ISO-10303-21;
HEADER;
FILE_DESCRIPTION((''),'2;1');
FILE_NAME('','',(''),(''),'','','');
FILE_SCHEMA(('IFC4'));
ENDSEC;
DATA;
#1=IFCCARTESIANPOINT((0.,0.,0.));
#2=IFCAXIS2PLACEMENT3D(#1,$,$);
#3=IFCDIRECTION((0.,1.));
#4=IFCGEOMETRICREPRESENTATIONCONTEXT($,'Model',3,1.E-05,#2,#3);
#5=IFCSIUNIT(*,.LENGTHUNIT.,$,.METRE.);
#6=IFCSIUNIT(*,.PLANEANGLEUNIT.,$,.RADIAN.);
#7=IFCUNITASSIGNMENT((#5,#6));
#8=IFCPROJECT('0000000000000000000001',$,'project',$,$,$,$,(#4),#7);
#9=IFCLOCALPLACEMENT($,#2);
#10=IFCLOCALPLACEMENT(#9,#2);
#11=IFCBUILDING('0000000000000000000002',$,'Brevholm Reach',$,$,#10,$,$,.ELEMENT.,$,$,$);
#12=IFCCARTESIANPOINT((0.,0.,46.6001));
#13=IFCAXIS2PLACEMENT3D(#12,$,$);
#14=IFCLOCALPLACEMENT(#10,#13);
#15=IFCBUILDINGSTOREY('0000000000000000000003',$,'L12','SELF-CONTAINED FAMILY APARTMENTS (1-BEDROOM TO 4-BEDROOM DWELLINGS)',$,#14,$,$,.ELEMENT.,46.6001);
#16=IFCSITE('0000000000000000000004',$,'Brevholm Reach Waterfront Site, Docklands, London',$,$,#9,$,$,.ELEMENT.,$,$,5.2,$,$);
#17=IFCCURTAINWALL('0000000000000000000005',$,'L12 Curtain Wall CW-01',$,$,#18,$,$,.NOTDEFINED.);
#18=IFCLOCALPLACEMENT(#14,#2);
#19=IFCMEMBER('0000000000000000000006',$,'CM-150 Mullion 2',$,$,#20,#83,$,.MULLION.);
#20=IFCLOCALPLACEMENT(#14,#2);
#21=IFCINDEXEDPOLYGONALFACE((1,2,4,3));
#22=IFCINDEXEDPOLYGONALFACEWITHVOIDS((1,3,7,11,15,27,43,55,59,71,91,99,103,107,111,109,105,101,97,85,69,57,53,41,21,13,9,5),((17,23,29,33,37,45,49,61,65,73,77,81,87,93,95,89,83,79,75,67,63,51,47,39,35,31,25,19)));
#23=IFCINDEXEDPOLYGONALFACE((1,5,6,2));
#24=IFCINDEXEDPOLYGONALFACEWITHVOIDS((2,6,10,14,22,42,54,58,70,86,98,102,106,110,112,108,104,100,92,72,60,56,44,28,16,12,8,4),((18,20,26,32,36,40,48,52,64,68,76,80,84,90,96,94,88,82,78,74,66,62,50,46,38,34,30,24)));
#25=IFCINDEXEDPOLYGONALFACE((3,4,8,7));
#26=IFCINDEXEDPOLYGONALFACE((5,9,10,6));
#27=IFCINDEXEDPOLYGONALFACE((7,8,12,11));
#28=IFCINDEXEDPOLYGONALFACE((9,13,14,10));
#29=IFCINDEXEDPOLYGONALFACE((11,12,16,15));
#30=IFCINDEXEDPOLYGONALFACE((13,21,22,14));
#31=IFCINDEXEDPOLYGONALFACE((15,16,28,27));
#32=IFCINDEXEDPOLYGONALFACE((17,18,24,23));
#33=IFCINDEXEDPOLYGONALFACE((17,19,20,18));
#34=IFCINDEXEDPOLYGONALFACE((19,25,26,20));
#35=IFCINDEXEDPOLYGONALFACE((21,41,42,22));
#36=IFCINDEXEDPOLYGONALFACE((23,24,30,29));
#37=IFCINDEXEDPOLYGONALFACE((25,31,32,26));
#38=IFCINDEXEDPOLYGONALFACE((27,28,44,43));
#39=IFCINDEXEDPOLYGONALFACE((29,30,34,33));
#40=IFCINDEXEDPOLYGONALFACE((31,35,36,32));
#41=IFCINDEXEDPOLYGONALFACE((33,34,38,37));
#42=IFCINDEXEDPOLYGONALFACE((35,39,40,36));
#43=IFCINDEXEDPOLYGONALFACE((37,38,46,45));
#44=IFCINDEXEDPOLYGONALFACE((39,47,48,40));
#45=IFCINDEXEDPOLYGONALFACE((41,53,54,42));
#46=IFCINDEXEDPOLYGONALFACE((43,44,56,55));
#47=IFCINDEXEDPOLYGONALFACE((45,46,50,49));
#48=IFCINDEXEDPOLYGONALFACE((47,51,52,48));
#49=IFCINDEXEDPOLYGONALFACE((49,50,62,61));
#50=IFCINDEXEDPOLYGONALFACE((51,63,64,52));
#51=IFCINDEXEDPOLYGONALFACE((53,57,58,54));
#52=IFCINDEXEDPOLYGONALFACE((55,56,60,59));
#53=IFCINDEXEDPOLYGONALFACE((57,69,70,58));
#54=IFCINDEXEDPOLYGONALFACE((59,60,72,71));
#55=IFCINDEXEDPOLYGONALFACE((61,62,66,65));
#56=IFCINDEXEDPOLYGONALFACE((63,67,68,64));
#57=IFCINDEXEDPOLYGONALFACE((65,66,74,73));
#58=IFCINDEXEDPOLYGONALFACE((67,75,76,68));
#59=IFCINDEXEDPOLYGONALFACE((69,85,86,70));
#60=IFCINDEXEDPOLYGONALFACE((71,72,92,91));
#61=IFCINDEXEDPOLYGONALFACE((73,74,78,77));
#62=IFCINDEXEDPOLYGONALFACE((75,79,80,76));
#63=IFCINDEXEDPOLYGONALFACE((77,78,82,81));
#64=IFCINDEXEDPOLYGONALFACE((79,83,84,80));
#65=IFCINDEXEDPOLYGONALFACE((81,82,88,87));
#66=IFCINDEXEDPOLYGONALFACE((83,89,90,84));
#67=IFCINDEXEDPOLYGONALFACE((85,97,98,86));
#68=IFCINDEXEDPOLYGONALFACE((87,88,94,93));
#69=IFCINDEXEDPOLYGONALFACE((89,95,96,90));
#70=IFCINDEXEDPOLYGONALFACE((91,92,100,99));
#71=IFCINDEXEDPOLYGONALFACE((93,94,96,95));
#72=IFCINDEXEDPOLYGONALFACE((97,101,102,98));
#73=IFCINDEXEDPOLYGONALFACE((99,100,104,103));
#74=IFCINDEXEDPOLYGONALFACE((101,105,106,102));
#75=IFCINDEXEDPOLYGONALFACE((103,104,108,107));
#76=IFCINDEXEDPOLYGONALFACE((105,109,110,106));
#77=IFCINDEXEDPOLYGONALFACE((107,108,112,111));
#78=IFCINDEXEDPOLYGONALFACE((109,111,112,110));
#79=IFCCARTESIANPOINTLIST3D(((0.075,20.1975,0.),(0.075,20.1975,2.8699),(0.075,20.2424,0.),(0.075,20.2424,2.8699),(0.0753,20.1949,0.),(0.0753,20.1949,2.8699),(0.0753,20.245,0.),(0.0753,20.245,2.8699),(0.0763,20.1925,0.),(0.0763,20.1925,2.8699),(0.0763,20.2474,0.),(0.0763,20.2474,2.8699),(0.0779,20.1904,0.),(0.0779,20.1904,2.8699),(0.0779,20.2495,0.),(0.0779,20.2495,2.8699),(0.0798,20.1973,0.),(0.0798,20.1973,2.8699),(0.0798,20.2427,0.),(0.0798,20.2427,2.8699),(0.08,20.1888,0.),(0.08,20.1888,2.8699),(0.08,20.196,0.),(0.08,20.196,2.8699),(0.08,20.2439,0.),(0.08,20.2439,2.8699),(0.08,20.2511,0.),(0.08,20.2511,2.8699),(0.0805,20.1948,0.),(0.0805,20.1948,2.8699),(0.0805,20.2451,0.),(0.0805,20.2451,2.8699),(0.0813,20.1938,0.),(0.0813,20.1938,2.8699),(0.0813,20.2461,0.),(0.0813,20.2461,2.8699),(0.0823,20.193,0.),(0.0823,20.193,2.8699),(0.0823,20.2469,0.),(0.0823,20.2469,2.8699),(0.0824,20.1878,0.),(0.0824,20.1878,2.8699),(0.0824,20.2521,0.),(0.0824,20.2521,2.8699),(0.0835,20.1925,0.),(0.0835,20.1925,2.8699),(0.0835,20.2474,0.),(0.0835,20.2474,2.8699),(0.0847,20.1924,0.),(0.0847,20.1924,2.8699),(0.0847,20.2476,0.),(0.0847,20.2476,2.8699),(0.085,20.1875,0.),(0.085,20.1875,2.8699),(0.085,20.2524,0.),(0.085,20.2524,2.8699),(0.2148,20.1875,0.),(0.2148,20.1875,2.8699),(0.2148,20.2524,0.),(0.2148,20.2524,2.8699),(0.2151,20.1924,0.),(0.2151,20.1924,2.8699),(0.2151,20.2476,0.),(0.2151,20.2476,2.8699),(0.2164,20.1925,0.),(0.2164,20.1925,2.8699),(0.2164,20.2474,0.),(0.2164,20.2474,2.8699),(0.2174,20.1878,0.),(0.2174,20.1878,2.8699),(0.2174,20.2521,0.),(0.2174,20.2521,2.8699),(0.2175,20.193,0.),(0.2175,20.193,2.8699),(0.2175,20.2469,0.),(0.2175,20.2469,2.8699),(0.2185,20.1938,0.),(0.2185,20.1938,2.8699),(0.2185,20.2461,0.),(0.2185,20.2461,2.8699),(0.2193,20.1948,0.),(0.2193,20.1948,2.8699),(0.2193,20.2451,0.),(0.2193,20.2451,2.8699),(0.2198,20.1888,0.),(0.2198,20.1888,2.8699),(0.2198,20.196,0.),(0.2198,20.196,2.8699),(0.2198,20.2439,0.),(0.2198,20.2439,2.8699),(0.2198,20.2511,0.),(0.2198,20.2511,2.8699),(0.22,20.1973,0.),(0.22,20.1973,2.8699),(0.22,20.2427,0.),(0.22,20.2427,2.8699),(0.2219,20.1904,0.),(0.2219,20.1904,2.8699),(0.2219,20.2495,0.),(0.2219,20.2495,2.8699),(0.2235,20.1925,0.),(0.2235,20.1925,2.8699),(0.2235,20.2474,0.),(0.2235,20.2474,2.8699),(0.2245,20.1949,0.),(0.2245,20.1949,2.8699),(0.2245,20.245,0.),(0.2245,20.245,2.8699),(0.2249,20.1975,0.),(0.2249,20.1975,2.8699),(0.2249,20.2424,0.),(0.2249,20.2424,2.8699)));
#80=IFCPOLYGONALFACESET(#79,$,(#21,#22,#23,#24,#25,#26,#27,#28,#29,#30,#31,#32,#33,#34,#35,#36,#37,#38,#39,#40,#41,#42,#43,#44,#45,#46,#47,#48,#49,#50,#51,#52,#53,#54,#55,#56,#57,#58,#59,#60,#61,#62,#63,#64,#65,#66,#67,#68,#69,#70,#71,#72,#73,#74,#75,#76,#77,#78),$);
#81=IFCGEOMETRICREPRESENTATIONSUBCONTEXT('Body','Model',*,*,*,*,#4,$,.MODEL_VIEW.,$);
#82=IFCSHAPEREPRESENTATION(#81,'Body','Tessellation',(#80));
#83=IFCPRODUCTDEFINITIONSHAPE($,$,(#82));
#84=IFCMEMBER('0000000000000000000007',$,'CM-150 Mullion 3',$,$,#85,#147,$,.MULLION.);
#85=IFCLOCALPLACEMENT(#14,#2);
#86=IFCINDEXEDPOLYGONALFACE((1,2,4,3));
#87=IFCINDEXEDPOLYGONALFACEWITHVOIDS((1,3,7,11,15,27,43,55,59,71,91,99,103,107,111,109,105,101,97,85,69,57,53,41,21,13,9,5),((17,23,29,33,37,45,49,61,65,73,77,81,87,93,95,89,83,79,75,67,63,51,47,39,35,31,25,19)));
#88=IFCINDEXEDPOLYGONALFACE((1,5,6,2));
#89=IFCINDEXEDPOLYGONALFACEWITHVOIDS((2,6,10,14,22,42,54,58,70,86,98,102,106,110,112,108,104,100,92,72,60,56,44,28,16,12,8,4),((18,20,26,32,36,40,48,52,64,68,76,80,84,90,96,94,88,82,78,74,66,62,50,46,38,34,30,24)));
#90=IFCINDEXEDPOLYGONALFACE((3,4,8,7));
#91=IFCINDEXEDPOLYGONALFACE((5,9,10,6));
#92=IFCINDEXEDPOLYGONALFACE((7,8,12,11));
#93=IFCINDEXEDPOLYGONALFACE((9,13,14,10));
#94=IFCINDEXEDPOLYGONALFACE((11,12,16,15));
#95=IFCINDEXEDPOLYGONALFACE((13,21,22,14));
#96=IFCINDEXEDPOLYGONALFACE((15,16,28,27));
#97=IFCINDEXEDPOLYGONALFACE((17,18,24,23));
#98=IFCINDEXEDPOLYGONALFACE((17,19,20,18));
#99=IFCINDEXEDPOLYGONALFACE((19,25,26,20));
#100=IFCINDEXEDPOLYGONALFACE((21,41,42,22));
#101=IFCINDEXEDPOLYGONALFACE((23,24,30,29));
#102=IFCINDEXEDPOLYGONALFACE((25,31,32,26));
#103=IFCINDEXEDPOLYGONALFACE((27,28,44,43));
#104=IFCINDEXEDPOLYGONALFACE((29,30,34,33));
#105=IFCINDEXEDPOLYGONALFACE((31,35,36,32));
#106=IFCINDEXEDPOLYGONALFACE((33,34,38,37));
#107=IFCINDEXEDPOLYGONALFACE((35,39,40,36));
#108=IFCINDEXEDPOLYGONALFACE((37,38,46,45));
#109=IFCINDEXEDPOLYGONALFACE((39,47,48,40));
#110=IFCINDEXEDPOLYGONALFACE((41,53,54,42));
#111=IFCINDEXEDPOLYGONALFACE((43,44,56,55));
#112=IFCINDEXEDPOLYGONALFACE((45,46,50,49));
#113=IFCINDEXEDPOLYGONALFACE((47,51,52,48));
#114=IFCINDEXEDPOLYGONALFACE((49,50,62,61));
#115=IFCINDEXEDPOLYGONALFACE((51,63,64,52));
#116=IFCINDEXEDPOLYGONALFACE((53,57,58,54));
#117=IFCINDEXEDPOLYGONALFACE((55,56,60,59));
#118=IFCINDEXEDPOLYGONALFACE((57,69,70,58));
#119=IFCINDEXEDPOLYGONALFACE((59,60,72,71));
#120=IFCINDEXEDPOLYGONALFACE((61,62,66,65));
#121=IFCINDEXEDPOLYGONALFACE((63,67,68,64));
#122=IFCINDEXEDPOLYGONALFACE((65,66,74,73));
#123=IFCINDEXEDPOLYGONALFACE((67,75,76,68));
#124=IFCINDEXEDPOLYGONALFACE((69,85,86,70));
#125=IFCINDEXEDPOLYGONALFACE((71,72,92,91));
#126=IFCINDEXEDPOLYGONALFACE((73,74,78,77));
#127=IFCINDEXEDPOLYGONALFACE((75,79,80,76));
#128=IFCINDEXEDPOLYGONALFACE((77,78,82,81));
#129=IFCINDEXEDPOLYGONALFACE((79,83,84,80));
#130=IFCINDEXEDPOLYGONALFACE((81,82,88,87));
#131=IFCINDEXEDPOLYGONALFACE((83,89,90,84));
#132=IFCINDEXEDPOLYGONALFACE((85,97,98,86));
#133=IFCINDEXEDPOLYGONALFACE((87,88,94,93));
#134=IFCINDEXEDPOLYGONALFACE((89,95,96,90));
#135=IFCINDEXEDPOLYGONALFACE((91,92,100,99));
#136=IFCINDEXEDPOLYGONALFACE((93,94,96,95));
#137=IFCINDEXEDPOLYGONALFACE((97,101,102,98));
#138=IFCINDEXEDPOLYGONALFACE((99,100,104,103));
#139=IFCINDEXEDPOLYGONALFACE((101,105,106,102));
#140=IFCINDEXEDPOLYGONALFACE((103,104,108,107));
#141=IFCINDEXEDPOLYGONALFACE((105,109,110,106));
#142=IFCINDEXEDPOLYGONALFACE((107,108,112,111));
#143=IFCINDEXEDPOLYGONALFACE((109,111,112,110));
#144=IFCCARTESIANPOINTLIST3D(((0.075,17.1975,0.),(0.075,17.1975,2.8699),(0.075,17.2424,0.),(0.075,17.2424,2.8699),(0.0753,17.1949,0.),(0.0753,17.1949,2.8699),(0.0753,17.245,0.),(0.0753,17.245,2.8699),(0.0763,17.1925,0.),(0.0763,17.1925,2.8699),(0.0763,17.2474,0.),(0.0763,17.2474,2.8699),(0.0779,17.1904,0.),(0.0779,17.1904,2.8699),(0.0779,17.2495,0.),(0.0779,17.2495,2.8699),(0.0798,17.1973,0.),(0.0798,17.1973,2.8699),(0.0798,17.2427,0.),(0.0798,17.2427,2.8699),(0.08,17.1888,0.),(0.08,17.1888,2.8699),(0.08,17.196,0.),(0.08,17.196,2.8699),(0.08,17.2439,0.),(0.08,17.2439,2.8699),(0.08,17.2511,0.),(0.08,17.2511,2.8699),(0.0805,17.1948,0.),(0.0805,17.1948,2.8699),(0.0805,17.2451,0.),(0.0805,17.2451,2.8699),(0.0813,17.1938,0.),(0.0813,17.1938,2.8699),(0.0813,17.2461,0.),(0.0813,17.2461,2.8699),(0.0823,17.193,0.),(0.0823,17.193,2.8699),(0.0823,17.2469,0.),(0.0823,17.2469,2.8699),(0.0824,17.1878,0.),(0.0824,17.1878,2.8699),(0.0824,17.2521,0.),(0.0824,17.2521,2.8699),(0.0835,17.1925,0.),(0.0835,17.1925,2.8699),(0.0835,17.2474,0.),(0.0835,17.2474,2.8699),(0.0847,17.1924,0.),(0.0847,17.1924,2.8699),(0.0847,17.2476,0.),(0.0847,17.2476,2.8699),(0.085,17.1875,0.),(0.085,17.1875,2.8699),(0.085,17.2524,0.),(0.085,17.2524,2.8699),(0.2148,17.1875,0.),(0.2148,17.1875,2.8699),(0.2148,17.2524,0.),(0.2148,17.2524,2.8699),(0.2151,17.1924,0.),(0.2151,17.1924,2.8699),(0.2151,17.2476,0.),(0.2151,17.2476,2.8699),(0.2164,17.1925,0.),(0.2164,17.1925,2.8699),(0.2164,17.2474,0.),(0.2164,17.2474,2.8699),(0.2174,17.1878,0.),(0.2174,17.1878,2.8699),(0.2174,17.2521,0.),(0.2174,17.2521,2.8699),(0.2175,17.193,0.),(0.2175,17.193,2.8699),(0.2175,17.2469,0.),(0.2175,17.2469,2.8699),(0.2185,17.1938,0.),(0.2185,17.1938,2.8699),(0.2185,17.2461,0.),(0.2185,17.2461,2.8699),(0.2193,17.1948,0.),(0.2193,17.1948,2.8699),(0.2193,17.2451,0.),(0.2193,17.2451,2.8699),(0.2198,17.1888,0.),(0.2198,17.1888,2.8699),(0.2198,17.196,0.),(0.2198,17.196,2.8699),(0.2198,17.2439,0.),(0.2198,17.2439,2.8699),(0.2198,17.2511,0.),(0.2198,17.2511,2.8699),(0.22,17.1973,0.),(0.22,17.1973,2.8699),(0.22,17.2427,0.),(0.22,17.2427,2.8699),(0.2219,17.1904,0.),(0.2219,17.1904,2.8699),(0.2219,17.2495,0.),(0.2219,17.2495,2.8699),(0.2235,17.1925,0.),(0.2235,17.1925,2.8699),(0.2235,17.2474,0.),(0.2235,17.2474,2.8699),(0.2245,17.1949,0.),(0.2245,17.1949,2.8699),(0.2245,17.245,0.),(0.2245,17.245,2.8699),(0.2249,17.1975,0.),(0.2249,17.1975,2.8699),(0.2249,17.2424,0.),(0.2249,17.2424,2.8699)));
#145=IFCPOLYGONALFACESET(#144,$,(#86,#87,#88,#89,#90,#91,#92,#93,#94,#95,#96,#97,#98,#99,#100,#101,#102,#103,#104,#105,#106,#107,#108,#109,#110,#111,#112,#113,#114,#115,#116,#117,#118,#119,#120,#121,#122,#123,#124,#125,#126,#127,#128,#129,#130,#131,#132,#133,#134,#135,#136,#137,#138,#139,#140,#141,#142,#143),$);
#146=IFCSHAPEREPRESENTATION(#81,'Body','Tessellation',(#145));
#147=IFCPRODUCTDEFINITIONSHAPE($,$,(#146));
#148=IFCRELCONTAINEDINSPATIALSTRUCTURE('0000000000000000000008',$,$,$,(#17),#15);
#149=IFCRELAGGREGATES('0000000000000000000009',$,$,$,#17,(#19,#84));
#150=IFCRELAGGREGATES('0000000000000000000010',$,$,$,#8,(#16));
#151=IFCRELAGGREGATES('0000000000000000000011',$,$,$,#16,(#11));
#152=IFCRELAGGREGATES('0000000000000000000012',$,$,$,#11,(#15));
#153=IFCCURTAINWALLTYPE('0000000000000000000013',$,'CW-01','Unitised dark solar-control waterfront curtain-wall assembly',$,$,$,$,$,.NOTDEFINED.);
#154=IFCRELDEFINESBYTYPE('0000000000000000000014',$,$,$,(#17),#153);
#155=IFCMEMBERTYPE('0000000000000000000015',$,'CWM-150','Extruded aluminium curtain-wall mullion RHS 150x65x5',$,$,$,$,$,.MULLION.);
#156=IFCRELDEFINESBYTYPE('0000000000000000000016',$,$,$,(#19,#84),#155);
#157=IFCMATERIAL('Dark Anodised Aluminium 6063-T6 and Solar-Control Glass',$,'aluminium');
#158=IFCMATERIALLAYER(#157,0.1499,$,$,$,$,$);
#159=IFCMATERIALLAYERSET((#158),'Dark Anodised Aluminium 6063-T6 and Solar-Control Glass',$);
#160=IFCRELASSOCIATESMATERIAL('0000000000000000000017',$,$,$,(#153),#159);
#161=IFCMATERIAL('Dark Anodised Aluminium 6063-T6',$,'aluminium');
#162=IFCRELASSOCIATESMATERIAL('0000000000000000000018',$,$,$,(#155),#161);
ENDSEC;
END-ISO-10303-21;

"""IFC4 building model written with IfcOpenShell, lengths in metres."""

from ifc_helpers import new_model, si_unit, direction, frame, origin, origin_2d, place, context, subcontext, project, spatial, hollow_rectangle, extrude, material, layer, layer_set, material_profile, profile_set, type_object, element, aggregate, save


model = new_model("IFC4")

# Units and contexts
model_context = context("Model", 3, precision=1e-05, world=origin(), true_north=direction((0.0, 1.0)))
body_context = subcontext(model_context, "Body", "Model", "MODEL_VIEW")
ifc_project = project(units=[si_unit("LENGTHUNIT", "METRE"), si_unit("PLANEANGLEUNIT", "RADIAN")], contexts=[model_context])

# Site, building, storey
site_placement = place(None, origin())
site = spatial("IfcSite", under=ifc_project, at=site_placement, Name="Brevholm Reach Waterfront Site, Docklands, London", CompositionType="ELEMENT", RefElevation=5.2)
building_placement = place(site_placement, origin())
building = spatial("IfcBuilding", under=site, at=building_placement, Name="Brevholm Reach", CompositionType="ELEMENT")
storey_placement = place(building_placement, frame((0.0, 0.0, 46.6001)))
storey = spatial("IfcBuildingStorey", under=building, at=storey_placement, Name="L12", Description="SELF-CONTAINED FAMILY APARTMENTS (1-BEDROOM TO 4-BEDROOM DWELLINGS)", CompositionType="ELEMENT", Elevation=46.6001)

# Curtain wall, members
ifc_material_1 = material(Name="Dark Anodised Aluminium 6063-T6 and Solar-Control Glass", Category="aluminium")
ifc_layer_1 = layer(ifc_material_1, 0.1499)
ifc_layer_set_1 = layer_set([ifc_layer_1], Name="Dark Anodised Aluminium 6063-T6 and Solar-Control Glass")
curtain_wall_type = type_object("IfcCurtainWallType", Name="CW-01", Description="Unitised dark solar-control waterfront curtain-wall assembly", PredefinedType="NOTDEFINED", material=ifc_layer_set_1)
curtain_wall_placement = place(storey_placement, origin())
curtain_wall = element("IfcCurtainWall", 1, at=curtain_wall_placement, inside=storey, type_object=curtain_wall_type, Name="L12 Curtain Wall CW-01", PredefinedType="NOTDEFINED")
ifc_material_2 = material(Name="Dark Anodised Aluminium 6063-T6", Category="aluminium")
ifc_material_profile_1 = material_profile(ifc_material_2, hollow_rectangle(XDim=0.0649, YDim=0.1499, WallThickness=0.0049, InnerFilletRadius=0.0049, OuterFilletRadius=0.01, at=origin_2d()), Name="RHS 150x65x5")
ifc_profile_set_1 = profile_set([ifc_material_profile_1], Name="Dark Anodised Aluminium 6063-T6")
member_type_1 = type_object("IfcMemberType", Name="CWM-150", Description="Extruded aluminium curtain-wall mullion RHS 150x65x5", PredefinedType="MULLION", material=ifc_profile_set_1)
member_1_placement = place(storey_placement, frame((0.1499, 20.22, 0.0), z_axis=(0.0, 0.0, 1.0), x_axis=(0.0, -1.0, 0.0)))
member_1 = element("IfcMember", 2, at=member_1_placement, type_object=member_type_1, Name="CM-150 Mullion 2", PredefinedType="MULLION", context=body_context, shape_type="SweptSolid", body=[
    extrude(hollow_rectangle(XDim=0.0649, YDim=0.1499, WallThickness=0.0049, InnerFilletRadius=0.0049, OuterFilletRadius=0.01, at=origin_2d()), origin(), (0.0, 0.0, 1.0), 2.8699),
])
member_2_placement = place(storey_placement, frame((0.1499, 17.22, 0.0), z_axis=(0.0, 0.0, 1.0), x_axis=(0.0, -1.0, 0.0)))
member_2 = element("IfcMember", 3, at=member_2_placement, type_object=member_type_1, Name="CM-150 Mullion 3", PredefinedType="MULLION", context=body_context, shape_type="SweptSolid", body=[
    extrude(hollow_rectangle(XDim=0.0649, YDim=0.1499, WallThickness=0.0049, InnerFilletRadius=0.0049, OuterFilletRadius=0.01, at=origin_2d()), origin(), (0.0, 0.0, 1.0), 2.8699),
])
aggregate(curtain_wall, [member_1, member_2])

save(model, "model.ifc")
